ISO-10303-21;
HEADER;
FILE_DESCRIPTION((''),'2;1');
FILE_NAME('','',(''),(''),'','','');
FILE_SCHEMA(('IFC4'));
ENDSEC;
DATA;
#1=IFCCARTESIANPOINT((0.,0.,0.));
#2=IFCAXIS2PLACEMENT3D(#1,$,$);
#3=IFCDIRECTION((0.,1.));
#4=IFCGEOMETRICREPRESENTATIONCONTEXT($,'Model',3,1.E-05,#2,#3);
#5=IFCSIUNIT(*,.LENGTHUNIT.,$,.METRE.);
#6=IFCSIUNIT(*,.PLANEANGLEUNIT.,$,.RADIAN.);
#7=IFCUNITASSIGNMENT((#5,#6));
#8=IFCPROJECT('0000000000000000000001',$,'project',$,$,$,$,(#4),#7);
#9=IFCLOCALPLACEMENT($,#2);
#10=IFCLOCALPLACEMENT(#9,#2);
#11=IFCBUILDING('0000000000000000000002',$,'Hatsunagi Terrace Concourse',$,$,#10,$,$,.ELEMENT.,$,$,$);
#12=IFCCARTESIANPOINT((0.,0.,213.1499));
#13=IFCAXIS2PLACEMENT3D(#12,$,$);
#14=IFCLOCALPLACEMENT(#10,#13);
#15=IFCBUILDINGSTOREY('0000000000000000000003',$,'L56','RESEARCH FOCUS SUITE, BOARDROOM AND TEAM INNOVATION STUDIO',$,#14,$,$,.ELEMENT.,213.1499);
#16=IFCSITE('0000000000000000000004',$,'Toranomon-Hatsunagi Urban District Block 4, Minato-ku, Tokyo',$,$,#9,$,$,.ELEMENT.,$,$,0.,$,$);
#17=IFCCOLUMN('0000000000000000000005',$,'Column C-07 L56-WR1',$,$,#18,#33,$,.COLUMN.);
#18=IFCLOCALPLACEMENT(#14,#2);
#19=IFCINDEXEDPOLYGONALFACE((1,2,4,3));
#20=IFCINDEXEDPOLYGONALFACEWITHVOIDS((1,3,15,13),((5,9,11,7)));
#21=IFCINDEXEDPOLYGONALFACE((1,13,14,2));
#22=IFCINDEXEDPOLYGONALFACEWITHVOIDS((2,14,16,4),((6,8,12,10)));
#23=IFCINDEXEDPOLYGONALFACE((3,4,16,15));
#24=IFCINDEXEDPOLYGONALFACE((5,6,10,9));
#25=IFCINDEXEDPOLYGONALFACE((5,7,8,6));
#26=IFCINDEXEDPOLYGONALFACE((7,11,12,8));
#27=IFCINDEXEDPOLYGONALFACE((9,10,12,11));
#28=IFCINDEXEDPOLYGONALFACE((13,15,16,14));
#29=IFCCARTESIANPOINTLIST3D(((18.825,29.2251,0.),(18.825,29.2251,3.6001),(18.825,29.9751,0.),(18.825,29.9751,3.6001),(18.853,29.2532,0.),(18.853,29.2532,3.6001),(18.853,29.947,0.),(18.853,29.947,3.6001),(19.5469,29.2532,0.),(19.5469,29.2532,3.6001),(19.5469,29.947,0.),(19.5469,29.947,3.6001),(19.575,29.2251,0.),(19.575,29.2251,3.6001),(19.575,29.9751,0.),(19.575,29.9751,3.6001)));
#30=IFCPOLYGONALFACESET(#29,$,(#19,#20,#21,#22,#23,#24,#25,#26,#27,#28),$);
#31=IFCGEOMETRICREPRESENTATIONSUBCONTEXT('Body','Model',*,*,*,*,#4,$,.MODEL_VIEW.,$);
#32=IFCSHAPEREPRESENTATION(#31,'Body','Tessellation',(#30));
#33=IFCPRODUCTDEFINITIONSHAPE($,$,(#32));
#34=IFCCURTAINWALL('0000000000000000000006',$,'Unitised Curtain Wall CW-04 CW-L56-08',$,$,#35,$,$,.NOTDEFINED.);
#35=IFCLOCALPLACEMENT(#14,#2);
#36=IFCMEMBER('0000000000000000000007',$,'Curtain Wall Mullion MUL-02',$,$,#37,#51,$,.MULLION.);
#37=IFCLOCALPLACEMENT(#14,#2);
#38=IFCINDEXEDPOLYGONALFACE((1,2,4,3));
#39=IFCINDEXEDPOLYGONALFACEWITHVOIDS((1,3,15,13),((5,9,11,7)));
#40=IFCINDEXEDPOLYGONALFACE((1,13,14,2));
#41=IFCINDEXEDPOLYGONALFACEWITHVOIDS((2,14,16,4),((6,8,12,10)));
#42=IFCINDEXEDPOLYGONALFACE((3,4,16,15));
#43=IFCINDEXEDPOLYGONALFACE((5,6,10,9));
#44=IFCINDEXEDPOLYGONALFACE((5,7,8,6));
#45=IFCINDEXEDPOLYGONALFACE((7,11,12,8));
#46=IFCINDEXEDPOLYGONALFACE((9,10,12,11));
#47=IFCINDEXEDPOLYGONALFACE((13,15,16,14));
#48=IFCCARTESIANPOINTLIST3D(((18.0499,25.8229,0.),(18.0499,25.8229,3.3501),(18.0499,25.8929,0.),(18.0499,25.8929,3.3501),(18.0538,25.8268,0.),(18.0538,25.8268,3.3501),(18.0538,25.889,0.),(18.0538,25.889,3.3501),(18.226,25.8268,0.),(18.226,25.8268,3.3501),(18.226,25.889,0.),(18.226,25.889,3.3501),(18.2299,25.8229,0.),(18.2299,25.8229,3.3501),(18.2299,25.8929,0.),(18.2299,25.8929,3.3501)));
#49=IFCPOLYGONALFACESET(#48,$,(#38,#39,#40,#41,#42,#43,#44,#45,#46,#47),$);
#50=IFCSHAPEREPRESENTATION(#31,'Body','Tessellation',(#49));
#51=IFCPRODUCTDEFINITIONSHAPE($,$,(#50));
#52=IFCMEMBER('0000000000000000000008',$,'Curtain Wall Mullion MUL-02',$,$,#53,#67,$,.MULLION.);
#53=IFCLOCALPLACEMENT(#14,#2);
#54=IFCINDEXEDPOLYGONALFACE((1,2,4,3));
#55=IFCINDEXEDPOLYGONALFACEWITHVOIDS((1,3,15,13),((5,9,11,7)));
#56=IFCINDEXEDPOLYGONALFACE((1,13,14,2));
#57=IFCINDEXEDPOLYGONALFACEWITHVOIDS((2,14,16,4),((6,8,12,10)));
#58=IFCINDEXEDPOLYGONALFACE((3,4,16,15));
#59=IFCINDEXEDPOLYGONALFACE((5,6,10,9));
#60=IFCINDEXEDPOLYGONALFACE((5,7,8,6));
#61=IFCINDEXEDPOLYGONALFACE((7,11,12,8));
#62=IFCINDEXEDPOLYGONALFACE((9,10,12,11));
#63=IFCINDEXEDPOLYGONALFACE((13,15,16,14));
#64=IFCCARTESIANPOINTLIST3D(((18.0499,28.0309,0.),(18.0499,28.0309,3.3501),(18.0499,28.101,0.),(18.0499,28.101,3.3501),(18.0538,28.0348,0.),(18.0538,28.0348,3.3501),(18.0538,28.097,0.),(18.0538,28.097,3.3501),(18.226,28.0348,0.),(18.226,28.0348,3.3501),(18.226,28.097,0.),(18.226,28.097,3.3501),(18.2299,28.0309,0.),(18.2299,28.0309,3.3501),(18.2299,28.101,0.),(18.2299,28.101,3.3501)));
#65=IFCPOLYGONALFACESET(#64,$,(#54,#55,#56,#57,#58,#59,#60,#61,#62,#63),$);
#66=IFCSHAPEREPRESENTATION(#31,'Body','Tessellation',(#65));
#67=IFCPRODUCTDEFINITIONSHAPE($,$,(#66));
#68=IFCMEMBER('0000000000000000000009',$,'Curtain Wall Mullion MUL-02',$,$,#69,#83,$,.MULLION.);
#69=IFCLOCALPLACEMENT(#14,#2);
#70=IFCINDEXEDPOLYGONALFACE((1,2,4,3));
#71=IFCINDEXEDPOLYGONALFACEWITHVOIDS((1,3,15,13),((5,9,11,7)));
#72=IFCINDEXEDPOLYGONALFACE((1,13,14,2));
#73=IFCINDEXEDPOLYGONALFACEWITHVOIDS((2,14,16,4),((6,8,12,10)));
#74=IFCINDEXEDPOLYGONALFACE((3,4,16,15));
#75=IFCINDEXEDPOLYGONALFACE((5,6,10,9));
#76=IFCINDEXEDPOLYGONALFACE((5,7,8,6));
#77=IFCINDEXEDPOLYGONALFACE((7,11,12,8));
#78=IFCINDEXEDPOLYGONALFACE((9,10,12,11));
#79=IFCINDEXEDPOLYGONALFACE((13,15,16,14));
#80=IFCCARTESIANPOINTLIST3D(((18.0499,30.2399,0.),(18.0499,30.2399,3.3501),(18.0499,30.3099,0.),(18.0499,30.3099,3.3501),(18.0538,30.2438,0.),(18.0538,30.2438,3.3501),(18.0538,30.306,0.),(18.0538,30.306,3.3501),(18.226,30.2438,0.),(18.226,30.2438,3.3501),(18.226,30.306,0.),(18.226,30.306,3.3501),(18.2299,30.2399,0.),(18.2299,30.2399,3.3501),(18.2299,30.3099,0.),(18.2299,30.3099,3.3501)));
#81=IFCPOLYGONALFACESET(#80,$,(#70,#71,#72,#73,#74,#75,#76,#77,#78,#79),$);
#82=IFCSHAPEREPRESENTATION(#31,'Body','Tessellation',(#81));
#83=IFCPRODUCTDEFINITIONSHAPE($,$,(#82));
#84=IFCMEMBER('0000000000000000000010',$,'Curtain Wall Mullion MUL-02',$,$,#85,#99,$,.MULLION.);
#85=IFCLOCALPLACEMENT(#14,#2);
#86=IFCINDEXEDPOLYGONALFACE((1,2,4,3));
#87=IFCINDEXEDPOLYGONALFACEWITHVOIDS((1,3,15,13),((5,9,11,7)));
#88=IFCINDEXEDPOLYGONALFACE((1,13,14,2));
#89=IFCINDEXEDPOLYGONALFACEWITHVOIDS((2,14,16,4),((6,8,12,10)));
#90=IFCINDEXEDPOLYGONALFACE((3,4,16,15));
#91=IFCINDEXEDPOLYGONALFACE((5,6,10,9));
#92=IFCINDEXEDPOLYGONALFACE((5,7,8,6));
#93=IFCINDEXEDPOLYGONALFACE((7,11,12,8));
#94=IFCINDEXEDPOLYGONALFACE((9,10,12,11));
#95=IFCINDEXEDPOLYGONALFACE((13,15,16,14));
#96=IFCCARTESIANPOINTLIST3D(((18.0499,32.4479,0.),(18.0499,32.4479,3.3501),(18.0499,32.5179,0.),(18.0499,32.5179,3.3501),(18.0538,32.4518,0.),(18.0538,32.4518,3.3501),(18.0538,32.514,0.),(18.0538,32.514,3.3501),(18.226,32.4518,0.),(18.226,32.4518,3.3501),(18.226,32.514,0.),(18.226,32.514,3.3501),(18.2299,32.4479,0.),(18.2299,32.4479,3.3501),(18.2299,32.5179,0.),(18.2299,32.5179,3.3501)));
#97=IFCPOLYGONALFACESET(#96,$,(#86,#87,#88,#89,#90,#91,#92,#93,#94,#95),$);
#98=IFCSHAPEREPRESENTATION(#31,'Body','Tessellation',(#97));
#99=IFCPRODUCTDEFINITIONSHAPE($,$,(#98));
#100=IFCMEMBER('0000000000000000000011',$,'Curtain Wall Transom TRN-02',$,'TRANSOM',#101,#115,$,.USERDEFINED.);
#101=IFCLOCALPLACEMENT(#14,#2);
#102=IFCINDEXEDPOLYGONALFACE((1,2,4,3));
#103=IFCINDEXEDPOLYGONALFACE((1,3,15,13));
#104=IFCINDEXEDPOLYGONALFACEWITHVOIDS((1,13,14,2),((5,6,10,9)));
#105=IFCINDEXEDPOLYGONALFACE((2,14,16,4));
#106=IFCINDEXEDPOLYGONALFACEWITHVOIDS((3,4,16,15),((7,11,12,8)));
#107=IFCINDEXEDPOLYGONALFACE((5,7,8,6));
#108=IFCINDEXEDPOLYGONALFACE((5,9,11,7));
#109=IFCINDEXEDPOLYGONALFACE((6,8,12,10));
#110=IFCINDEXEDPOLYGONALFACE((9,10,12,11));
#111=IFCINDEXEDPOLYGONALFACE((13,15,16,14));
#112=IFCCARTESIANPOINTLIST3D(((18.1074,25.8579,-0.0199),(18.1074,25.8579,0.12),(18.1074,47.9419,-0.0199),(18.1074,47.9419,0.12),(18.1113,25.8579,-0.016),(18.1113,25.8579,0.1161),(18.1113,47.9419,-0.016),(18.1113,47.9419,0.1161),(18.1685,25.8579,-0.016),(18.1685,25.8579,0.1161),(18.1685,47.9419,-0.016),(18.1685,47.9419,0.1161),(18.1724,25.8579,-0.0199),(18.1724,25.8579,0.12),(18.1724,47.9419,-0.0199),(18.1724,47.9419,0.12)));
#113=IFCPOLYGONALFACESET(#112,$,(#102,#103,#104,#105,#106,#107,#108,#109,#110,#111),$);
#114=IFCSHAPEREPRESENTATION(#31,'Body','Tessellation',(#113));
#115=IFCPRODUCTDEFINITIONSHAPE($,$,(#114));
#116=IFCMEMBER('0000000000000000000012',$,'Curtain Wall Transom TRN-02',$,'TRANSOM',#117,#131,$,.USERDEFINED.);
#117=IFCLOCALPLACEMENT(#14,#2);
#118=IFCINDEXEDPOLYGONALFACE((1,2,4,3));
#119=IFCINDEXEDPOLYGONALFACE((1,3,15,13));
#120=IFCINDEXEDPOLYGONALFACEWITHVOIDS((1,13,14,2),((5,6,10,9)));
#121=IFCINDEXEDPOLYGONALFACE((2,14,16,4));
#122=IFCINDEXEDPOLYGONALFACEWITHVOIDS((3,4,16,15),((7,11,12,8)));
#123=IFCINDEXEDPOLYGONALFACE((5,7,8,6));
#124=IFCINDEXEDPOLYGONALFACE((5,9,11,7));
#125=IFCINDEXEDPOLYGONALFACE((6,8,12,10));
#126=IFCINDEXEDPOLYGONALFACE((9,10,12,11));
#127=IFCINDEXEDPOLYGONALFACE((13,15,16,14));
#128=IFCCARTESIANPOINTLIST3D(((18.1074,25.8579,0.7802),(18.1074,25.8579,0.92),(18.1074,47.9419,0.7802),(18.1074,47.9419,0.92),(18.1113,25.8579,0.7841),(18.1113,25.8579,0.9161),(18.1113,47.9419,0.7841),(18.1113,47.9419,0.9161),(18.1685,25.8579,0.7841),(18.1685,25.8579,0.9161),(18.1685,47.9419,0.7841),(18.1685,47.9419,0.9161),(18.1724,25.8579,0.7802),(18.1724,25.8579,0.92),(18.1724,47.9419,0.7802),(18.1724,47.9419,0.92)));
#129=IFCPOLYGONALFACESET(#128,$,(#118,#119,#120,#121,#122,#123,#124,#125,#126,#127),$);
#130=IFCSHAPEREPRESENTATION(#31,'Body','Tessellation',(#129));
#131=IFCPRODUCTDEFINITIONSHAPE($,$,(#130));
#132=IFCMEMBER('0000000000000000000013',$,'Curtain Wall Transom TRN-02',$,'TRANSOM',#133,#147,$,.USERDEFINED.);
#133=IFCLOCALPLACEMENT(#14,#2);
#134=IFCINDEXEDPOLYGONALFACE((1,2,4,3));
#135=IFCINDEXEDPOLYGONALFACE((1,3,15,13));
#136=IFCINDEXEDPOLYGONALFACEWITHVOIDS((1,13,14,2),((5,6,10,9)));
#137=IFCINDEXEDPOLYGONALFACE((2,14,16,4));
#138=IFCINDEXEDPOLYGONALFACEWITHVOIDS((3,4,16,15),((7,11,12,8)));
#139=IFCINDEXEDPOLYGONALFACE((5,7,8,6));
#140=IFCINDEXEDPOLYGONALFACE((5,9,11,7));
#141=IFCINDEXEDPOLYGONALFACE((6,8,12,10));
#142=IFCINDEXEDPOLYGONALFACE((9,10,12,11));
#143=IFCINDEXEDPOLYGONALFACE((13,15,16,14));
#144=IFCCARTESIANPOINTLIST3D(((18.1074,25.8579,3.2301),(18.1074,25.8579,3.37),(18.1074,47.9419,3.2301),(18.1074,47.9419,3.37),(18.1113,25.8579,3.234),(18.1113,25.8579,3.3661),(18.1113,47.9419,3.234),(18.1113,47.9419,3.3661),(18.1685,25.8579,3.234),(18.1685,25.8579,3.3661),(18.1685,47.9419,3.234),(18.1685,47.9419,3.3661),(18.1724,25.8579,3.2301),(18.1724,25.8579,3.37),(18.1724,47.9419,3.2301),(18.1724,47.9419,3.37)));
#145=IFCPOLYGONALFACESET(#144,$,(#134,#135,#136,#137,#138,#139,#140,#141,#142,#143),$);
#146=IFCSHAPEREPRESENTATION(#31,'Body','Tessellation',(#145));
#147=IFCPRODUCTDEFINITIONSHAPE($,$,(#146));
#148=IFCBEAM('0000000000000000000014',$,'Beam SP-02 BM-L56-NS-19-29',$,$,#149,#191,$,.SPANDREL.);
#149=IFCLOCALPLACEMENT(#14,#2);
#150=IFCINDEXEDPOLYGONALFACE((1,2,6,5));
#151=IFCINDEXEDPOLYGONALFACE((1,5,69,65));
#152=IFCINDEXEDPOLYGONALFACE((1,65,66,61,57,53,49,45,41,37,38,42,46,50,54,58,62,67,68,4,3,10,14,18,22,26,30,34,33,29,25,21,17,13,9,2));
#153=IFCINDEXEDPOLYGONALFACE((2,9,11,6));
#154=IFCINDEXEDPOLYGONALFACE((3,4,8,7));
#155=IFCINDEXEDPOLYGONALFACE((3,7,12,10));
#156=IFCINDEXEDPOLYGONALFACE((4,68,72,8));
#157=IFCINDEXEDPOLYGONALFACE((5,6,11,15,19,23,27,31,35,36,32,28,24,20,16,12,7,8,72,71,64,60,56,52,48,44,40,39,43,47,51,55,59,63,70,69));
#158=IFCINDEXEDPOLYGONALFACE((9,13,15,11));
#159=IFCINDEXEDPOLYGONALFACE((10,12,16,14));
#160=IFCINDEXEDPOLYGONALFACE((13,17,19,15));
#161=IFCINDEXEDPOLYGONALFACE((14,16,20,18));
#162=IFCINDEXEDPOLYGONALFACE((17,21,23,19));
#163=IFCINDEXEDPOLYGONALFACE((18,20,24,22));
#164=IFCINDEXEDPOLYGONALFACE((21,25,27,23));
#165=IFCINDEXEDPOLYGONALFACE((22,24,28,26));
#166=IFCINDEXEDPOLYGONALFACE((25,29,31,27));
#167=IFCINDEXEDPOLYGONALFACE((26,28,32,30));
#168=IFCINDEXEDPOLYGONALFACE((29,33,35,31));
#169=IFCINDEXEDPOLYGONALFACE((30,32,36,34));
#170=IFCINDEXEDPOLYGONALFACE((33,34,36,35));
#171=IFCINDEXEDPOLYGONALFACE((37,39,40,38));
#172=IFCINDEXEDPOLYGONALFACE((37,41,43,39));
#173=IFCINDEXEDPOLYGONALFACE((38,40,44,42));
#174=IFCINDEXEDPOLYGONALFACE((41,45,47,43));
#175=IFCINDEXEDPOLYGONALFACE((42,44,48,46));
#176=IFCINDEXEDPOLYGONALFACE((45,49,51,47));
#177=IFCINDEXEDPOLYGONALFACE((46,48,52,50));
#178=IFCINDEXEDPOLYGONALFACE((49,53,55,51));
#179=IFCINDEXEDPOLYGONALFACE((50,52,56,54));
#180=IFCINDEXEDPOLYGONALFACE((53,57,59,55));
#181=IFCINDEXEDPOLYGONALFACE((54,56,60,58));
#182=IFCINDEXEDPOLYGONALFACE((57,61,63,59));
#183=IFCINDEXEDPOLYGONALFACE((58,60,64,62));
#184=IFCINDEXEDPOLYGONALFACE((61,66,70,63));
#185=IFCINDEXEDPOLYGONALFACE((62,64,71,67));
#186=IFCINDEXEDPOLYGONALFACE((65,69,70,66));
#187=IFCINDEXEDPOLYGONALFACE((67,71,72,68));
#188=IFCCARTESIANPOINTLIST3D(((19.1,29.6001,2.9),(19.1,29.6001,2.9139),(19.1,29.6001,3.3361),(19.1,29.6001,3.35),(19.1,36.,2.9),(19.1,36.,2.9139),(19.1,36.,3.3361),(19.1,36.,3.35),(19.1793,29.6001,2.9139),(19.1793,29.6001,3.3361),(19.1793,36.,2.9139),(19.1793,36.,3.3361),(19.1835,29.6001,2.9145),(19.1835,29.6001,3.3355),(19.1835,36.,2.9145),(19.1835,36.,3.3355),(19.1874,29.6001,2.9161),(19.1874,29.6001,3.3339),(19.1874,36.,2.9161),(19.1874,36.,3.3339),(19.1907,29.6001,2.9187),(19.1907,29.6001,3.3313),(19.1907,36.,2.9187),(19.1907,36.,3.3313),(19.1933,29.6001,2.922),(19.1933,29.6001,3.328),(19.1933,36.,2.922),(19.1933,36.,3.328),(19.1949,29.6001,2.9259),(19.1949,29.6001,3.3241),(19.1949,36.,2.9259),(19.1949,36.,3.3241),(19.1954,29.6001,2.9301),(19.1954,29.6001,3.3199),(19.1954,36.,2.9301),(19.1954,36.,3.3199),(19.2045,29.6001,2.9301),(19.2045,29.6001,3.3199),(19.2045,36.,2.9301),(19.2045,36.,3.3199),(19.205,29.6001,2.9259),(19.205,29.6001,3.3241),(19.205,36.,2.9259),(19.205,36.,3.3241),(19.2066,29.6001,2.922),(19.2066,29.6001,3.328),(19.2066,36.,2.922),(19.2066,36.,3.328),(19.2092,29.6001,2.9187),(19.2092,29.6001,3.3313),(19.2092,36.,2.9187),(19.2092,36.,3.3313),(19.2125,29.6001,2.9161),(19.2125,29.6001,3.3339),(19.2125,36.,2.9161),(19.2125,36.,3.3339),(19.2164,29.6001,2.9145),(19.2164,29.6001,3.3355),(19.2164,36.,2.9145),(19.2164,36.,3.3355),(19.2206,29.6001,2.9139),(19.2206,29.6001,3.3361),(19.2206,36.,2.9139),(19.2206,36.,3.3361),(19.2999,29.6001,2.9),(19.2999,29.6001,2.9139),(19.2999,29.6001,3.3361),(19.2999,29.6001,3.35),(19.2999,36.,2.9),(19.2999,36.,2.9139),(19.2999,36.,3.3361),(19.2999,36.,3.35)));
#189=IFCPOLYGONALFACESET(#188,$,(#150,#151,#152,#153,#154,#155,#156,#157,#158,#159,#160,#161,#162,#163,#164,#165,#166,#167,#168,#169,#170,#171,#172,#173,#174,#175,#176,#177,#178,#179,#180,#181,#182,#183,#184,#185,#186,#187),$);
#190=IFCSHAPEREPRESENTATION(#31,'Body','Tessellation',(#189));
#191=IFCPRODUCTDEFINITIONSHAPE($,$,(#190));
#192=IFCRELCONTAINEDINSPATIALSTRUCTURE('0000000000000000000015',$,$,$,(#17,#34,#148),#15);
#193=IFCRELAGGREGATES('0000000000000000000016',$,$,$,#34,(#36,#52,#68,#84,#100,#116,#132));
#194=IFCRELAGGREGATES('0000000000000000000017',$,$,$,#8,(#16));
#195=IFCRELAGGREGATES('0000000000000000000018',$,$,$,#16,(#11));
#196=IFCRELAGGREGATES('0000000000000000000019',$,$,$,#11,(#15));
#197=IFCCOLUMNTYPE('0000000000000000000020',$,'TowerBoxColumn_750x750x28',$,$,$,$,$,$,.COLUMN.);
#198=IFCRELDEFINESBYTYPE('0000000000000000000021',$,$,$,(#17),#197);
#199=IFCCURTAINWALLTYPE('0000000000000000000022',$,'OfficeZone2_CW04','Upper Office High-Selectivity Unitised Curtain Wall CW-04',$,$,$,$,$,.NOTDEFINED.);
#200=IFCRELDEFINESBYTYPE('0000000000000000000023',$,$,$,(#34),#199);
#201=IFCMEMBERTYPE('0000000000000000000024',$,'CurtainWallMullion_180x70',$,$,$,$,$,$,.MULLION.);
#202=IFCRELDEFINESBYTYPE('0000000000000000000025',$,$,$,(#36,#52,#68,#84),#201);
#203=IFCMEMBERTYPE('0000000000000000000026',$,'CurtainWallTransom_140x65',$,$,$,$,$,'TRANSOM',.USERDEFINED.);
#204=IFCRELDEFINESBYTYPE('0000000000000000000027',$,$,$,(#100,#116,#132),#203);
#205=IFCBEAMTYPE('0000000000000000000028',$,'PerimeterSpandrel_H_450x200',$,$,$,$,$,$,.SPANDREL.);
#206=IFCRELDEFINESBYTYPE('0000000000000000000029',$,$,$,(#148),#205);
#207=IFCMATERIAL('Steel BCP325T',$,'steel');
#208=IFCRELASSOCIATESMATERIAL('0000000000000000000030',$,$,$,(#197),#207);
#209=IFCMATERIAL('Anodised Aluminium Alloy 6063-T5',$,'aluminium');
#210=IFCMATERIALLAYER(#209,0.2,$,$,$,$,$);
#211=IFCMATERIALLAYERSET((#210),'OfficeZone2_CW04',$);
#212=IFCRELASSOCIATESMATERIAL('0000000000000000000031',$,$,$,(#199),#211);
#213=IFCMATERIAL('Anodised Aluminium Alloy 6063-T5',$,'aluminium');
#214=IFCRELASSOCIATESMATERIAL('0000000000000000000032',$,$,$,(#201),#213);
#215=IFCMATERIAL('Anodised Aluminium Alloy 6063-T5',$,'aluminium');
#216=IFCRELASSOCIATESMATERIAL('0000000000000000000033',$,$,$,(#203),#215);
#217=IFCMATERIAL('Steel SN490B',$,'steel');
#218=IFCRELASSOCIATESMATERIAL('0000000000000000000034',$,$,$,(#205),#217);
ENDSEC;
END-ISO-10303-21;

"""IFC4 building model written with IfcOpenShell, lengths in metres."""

from ifc_helpers import new_model, si_unit, direction, frame, origin, origin_2d, place, context, subcontext, project, spatial, hollow_rectangle, i_section, extrude, material, layer, layer_set, material_profile, profile_set, type_object, element, aggregate, save


model = new_model("IFC4")

# Units and contexts
model_context = context("Model", 3, precision=1e-05, world=origin(), true_north=direction((0.0, 1.0)))
body_context = subcontext(model_context, "Body", "Model", "MODEL_VIEW")
ifc_project = project(units=[si_unit("LENGTHUNIT", "METRE"), si_unit("PLANEANGLEUNIT", "RADIAN")], contexts=[model_context])

# Site, building, storey
site_placement = place(None, origin())
site = spatial("IfcSite", under=ifc_project, at=site_placement, Name="Toranomon-Hatsunagi Urban District Block 4, Minato-ku, Tokyo", CompositionType="ELEMENT", RefElevation=0.0)
building_placement = place(site_placement, origin())
building = spatial("IfcBuilding", under=site, at=building_placement, Name="Hatsunagi Terrace Concourse", CompositionType="ELEMENT")
storey_placement = place(building_placement, frame((0.0, 0.0, 213.1499)))
storey = spatial("IfcBuildingStorey", under=building, at=storey_placement, Name="L56", Description="RESEARCH FOCUS SUITE, BOARDROOM AND TEAM INNOVATION STUDIO", CompositionType="ELEMENT", Elevation=213.1499)

# Column
ifc_material_1 = material(Name="Steel BCP325T", Category="steel")
ifc_material_profile_1 = material_profile(ifc_material_1, hollow_rectangle(XDim=0.75, YDim=0.75, WallThickness=0.0281, at=origin_2d()), Name="BCP-750x750x28")
ifc_profile_set_1 = profile_set([ifc_material_profile_1], Name="Steel BCP325T")
column_type = type_object("IfcColumnType", Name="TowerBoxColumn_750x750x28", PredefinedType="COLUMN", material=ifc_profile_set_1)
column_placement = place(storey_placement, frame((19.2, 29.6001, 0.0), z_axis=(0.0, 0.0, 1.0), x_axis=(1.0, 0.0, 0.0)))
element("IfcColumn", 1, at=column_placement, inside=storey, type_object=column_type, Name="Column C-07 L56-WR1", PredefinedType="COLUMN", context=body_context, shape_type="SweptSolid", body=[
    extrude(hollow_rectangle(XDim=0.75, YDim=0.75, WallThickness=0.0281, at=origin_2d()), origin(), (0.0, 0.0, 1.0), 3.6001),
])

# Curtain wall, members
ifc_material_2 = material(Name="Anodised Aluminium Alloy 6063-T5", Category="aluminium")
ifc_layer_1 = layer(ifc_material_2, 0.2)
ifc_layer_set_1 = layer_set([ifc_layer_1], Name="OfficeZone2_CW04")
curtain_wall_type = type_object("IfcCurtainWallType", Name="OfficeZone2_CW04", Description="Upper Office High-Selectivity Unitised Curtain Wall CW-04", PredefinedType="NOTDEFINED", material=ifc_layer_set_1)
curtain_wall_placement = place(storey_placement, origin())
curtain_wall = element("IfcCurtainWall", 2, at=curtain_wall_placement, inside=storey, type_object=curtain_wall_type, Name="Unitised Curtain Wall CW-04 CW-L56-08", PredefinedType="NOTDEFINED")
ifc_material_3 = material(Name="Anodised Aluminium Alloy 6063-T5", Category="aluminium")
ifc_material_profile_2 = material_profile(ifc_material_3, hollow_rectangle(XDim=0.0701, YDim=0.1799, WallThickness=0.0039, at=origin_2d()), Name="ALU-MUL-180x70x4")
ifc_profile_set_2 = profile_set([ifc_material_profile_2], Name="Anodised Aluminium Alloy 6063-T5")
member_type_1 = type_object("IfcMemberType", Name="CurtainWallMullion_180x70", PredefinedType="MULLION", material=ifc_profile_set_2)
member_1_placement = place(storey_placement, frame((18.1399, 25.8579, 0.0), z_axis=(0.0, 0.0, 1.0), x_axis=(0.0, 1.0, 0.0)))
member_1 = element("IfcMember", 3, at=member_1_placement, type_object=member_type_1, Name="Curtain Wall Mullion MUL-02", PredefinedType="MULLION", context=body_context, shape_type="SweptSolid", body=[
    extrude(hollow_rectangle(XDim=0.0701, YDim=0.1799, WallThickness=0.0039, at=origin_2d()), origin(), (0.0, 0.0, 1.0), 3.3501),
])
member_2_placement = place(storey_placement, frame((18.1399, 28.0659, 0.0), z_axis=(0.0, 0.0, 1.0), x_axis=(0.0, 1.0, 0.0)))
member_2 = element("IfcMember", 4, at=member_2_placement, type_object=member_type_1, Name="Curtain Wall Mullion MUL-02", PredefinedType="MULLION", context=body_context, shape_type="SweptSolid", body=[
    extrude(hollow_rectangle(XDim=0.0701, YDim=0.1799, WallThickness=0.0039, at=origin_2d()), origin(), (0.0, 0.0, 1.0), 3.3501),
])
member_3_placement = place(storey_placement, frame((18.1399, 30.2749, 0.0), z_axis=(0.0, 0.0, 1.0), x_axis=(0.0, 1.0, 0.0)))
member_3 = element("IfcMember", 5, at=member_3_placement, type_object=member_type_1, Name="Curtain Wall Mullion MUL-02", PredefinedType="MULLION", context=body_context, shape_type="SweptSolid", body=[
    extrude(hollow_rectangle(XDim=0.0701, YDim=0.1799, WallThickness=0.0039, at=origin_2d()), origin(), (0.0, 0.0, 1.0), 3.3501),
])
member_4_placement = place(storey_placement, frame((18.1399, 32.4829, 0.0), z_axis=(0.0, 0.0, 1.0), x_axis=(0.0, 1.0, 0.0)))
member_4 = element("IfcMember", 6, at=member_4_placement, type_object=member_type_1, Name="Curtain Wall Mullion MUL-02", PredefinedType="MULLION", context=body_context, shape_type="SweptSolid", body=[
    extrude(hollow_rectangle(XDim=0.0701, YDim=0.1799, WallThickness=0.0039, at=origin_2d()), origin(), (0.0, 0.0, 1.0), 3.3501),
])
ifc_material_4 = material(Name="Anodised Aluminium Alloy 6063-T5", Category="aluminium")
ifc_material_profile_3 = material_profile(ifc_material_4, hollow_rectangle(XDim=0.0649, YDim=0.1399, WallThickness=0.0039, at=origin_2d()), Name="ALU-TRN-140x65x4")
ifc_profile_set_3 = profile_set([ifc_material_profile_3], Name="Anodised Aluminium Alloy 6063-T5")
member_type_2 = type_object("IfcMemberType", Name="CurtainWallTransom_140x65", ElementType="TRANSOM", PredefinedType="USERDEFINED", material=ifc_profile_set_3)
member_5_placement = place(storey_placement, frame((18.1399, 25.8579, 0.05), z_axis=(0.0, 1.0, 0.0), x_axis=(-1.0, 0.0, 0.0)))
member_5 = element("IfcMember", 7, at=member_5_placement, type_object=member_type_2, Name="Curtain Wall Transom TRN-02", ObjectType="TRANSOM", PredefinedType="USERDEFINED", context=body_context, shape_type="SweptSolid", body=[
    extrude(hollow_rectangle(XDim=0.0649, YDim=0.1399, WallThickness=0.0039, at=origin_2d()), origin(), (0.0, 0.0, 1.0), 22.084),
])
member_6_placement = place(storey_placement, frame((18.1399, 25.8579, 0.8501), z_axis=(0.0, 1.0, 0.0), x_axis=(-1.0, 0.0, 0.0)))
member_6 = element("IfcMember", 8, at=member_6_placement, type_object=member_type_2, Name="Curtain Wall Transom TRN-02", ObjectType="TRANSOM", PredefinedType="USERDEFINED", context=body_context, shape_type="SweptSolid", body=[
    extrude(hollow_rectangle(XDim=0.0649, YDim=0.1399, WallThickness=0.0039, at=origin_2d()), origin(), (0.0, 0.0, 1.0), 22.084),
])
member_7_placement = place(storey_placement, frame((18.1399, 25.8579, 3.3), z_axis=(0.0, 1.0, 0.0), x_axis=(-1.0, 0.0, 0.0)))
member_7 = element("IfcMember", 9, at=member_7_placement, type_object=member_type_2, Name="Curtain Wall Transom TRN-02", ObjectType="TRANSOM", PredefinedType="USERDEFINED", context=body_context, shape_type="SweptSolid", body=[
    extrude(hollow_rectangle(XDim=0.0649, YDim=0.1399, WallThickness=0.0039, at=origin_2d()), origin(), (0.0, 0.0, 1.0), 22.084),
])

# Beam
ifc_material_5 = material(Name="Steel SN490B", Category="steel")
ifc_material_profile_4 = material_profile(ifc_material_5, i_section(OverallWidth=0.2, OverallDepth=0.45, WebThickness=0.009, FlangeThickness=0.0139, FilletRadius=0.0161, at=origin_2d()), Name="H-450x200x9x14")
ifc_profile_set_4 = profile_set([ifc_material_profile_4], Name="Steel SN490B")
beam_type = type_object("IfcBeamType", Name="PerimeterSpandrel_H_450x200", PredefinedType="SPANDREL", material=ifc_profile_set_4)
beam_placement = place(storey_placement, frame((19.2, 29.6001, 3.125), z_axis=(0.0, 1.0, 0.0), x_axis=(-1.0, 0.0, 0.0)))
element("IfcBeam", 10, at=beam_placement, inside=storey, type_object=beam_type, Name="Beam SP-02 BM-L56-NS-19-29", PredefinedType="SPANDREL", context=body_context, shape_type="SweptSolid", body=[
    extrude(i_section(OverallWidth=0.2, OverallDepth=0.45, WebThickness=0.009, FlangeThickness=0.0139, FilletRadius=0.0161, at=origin_2d()), origin(), (0.0, 0.0, 1.0), 6.3999),
])

aggregate(curtain_wall, [member_1, member_2, member_3, member_4, member_5, member_6, member_7])

save(model, "model.ifc")
